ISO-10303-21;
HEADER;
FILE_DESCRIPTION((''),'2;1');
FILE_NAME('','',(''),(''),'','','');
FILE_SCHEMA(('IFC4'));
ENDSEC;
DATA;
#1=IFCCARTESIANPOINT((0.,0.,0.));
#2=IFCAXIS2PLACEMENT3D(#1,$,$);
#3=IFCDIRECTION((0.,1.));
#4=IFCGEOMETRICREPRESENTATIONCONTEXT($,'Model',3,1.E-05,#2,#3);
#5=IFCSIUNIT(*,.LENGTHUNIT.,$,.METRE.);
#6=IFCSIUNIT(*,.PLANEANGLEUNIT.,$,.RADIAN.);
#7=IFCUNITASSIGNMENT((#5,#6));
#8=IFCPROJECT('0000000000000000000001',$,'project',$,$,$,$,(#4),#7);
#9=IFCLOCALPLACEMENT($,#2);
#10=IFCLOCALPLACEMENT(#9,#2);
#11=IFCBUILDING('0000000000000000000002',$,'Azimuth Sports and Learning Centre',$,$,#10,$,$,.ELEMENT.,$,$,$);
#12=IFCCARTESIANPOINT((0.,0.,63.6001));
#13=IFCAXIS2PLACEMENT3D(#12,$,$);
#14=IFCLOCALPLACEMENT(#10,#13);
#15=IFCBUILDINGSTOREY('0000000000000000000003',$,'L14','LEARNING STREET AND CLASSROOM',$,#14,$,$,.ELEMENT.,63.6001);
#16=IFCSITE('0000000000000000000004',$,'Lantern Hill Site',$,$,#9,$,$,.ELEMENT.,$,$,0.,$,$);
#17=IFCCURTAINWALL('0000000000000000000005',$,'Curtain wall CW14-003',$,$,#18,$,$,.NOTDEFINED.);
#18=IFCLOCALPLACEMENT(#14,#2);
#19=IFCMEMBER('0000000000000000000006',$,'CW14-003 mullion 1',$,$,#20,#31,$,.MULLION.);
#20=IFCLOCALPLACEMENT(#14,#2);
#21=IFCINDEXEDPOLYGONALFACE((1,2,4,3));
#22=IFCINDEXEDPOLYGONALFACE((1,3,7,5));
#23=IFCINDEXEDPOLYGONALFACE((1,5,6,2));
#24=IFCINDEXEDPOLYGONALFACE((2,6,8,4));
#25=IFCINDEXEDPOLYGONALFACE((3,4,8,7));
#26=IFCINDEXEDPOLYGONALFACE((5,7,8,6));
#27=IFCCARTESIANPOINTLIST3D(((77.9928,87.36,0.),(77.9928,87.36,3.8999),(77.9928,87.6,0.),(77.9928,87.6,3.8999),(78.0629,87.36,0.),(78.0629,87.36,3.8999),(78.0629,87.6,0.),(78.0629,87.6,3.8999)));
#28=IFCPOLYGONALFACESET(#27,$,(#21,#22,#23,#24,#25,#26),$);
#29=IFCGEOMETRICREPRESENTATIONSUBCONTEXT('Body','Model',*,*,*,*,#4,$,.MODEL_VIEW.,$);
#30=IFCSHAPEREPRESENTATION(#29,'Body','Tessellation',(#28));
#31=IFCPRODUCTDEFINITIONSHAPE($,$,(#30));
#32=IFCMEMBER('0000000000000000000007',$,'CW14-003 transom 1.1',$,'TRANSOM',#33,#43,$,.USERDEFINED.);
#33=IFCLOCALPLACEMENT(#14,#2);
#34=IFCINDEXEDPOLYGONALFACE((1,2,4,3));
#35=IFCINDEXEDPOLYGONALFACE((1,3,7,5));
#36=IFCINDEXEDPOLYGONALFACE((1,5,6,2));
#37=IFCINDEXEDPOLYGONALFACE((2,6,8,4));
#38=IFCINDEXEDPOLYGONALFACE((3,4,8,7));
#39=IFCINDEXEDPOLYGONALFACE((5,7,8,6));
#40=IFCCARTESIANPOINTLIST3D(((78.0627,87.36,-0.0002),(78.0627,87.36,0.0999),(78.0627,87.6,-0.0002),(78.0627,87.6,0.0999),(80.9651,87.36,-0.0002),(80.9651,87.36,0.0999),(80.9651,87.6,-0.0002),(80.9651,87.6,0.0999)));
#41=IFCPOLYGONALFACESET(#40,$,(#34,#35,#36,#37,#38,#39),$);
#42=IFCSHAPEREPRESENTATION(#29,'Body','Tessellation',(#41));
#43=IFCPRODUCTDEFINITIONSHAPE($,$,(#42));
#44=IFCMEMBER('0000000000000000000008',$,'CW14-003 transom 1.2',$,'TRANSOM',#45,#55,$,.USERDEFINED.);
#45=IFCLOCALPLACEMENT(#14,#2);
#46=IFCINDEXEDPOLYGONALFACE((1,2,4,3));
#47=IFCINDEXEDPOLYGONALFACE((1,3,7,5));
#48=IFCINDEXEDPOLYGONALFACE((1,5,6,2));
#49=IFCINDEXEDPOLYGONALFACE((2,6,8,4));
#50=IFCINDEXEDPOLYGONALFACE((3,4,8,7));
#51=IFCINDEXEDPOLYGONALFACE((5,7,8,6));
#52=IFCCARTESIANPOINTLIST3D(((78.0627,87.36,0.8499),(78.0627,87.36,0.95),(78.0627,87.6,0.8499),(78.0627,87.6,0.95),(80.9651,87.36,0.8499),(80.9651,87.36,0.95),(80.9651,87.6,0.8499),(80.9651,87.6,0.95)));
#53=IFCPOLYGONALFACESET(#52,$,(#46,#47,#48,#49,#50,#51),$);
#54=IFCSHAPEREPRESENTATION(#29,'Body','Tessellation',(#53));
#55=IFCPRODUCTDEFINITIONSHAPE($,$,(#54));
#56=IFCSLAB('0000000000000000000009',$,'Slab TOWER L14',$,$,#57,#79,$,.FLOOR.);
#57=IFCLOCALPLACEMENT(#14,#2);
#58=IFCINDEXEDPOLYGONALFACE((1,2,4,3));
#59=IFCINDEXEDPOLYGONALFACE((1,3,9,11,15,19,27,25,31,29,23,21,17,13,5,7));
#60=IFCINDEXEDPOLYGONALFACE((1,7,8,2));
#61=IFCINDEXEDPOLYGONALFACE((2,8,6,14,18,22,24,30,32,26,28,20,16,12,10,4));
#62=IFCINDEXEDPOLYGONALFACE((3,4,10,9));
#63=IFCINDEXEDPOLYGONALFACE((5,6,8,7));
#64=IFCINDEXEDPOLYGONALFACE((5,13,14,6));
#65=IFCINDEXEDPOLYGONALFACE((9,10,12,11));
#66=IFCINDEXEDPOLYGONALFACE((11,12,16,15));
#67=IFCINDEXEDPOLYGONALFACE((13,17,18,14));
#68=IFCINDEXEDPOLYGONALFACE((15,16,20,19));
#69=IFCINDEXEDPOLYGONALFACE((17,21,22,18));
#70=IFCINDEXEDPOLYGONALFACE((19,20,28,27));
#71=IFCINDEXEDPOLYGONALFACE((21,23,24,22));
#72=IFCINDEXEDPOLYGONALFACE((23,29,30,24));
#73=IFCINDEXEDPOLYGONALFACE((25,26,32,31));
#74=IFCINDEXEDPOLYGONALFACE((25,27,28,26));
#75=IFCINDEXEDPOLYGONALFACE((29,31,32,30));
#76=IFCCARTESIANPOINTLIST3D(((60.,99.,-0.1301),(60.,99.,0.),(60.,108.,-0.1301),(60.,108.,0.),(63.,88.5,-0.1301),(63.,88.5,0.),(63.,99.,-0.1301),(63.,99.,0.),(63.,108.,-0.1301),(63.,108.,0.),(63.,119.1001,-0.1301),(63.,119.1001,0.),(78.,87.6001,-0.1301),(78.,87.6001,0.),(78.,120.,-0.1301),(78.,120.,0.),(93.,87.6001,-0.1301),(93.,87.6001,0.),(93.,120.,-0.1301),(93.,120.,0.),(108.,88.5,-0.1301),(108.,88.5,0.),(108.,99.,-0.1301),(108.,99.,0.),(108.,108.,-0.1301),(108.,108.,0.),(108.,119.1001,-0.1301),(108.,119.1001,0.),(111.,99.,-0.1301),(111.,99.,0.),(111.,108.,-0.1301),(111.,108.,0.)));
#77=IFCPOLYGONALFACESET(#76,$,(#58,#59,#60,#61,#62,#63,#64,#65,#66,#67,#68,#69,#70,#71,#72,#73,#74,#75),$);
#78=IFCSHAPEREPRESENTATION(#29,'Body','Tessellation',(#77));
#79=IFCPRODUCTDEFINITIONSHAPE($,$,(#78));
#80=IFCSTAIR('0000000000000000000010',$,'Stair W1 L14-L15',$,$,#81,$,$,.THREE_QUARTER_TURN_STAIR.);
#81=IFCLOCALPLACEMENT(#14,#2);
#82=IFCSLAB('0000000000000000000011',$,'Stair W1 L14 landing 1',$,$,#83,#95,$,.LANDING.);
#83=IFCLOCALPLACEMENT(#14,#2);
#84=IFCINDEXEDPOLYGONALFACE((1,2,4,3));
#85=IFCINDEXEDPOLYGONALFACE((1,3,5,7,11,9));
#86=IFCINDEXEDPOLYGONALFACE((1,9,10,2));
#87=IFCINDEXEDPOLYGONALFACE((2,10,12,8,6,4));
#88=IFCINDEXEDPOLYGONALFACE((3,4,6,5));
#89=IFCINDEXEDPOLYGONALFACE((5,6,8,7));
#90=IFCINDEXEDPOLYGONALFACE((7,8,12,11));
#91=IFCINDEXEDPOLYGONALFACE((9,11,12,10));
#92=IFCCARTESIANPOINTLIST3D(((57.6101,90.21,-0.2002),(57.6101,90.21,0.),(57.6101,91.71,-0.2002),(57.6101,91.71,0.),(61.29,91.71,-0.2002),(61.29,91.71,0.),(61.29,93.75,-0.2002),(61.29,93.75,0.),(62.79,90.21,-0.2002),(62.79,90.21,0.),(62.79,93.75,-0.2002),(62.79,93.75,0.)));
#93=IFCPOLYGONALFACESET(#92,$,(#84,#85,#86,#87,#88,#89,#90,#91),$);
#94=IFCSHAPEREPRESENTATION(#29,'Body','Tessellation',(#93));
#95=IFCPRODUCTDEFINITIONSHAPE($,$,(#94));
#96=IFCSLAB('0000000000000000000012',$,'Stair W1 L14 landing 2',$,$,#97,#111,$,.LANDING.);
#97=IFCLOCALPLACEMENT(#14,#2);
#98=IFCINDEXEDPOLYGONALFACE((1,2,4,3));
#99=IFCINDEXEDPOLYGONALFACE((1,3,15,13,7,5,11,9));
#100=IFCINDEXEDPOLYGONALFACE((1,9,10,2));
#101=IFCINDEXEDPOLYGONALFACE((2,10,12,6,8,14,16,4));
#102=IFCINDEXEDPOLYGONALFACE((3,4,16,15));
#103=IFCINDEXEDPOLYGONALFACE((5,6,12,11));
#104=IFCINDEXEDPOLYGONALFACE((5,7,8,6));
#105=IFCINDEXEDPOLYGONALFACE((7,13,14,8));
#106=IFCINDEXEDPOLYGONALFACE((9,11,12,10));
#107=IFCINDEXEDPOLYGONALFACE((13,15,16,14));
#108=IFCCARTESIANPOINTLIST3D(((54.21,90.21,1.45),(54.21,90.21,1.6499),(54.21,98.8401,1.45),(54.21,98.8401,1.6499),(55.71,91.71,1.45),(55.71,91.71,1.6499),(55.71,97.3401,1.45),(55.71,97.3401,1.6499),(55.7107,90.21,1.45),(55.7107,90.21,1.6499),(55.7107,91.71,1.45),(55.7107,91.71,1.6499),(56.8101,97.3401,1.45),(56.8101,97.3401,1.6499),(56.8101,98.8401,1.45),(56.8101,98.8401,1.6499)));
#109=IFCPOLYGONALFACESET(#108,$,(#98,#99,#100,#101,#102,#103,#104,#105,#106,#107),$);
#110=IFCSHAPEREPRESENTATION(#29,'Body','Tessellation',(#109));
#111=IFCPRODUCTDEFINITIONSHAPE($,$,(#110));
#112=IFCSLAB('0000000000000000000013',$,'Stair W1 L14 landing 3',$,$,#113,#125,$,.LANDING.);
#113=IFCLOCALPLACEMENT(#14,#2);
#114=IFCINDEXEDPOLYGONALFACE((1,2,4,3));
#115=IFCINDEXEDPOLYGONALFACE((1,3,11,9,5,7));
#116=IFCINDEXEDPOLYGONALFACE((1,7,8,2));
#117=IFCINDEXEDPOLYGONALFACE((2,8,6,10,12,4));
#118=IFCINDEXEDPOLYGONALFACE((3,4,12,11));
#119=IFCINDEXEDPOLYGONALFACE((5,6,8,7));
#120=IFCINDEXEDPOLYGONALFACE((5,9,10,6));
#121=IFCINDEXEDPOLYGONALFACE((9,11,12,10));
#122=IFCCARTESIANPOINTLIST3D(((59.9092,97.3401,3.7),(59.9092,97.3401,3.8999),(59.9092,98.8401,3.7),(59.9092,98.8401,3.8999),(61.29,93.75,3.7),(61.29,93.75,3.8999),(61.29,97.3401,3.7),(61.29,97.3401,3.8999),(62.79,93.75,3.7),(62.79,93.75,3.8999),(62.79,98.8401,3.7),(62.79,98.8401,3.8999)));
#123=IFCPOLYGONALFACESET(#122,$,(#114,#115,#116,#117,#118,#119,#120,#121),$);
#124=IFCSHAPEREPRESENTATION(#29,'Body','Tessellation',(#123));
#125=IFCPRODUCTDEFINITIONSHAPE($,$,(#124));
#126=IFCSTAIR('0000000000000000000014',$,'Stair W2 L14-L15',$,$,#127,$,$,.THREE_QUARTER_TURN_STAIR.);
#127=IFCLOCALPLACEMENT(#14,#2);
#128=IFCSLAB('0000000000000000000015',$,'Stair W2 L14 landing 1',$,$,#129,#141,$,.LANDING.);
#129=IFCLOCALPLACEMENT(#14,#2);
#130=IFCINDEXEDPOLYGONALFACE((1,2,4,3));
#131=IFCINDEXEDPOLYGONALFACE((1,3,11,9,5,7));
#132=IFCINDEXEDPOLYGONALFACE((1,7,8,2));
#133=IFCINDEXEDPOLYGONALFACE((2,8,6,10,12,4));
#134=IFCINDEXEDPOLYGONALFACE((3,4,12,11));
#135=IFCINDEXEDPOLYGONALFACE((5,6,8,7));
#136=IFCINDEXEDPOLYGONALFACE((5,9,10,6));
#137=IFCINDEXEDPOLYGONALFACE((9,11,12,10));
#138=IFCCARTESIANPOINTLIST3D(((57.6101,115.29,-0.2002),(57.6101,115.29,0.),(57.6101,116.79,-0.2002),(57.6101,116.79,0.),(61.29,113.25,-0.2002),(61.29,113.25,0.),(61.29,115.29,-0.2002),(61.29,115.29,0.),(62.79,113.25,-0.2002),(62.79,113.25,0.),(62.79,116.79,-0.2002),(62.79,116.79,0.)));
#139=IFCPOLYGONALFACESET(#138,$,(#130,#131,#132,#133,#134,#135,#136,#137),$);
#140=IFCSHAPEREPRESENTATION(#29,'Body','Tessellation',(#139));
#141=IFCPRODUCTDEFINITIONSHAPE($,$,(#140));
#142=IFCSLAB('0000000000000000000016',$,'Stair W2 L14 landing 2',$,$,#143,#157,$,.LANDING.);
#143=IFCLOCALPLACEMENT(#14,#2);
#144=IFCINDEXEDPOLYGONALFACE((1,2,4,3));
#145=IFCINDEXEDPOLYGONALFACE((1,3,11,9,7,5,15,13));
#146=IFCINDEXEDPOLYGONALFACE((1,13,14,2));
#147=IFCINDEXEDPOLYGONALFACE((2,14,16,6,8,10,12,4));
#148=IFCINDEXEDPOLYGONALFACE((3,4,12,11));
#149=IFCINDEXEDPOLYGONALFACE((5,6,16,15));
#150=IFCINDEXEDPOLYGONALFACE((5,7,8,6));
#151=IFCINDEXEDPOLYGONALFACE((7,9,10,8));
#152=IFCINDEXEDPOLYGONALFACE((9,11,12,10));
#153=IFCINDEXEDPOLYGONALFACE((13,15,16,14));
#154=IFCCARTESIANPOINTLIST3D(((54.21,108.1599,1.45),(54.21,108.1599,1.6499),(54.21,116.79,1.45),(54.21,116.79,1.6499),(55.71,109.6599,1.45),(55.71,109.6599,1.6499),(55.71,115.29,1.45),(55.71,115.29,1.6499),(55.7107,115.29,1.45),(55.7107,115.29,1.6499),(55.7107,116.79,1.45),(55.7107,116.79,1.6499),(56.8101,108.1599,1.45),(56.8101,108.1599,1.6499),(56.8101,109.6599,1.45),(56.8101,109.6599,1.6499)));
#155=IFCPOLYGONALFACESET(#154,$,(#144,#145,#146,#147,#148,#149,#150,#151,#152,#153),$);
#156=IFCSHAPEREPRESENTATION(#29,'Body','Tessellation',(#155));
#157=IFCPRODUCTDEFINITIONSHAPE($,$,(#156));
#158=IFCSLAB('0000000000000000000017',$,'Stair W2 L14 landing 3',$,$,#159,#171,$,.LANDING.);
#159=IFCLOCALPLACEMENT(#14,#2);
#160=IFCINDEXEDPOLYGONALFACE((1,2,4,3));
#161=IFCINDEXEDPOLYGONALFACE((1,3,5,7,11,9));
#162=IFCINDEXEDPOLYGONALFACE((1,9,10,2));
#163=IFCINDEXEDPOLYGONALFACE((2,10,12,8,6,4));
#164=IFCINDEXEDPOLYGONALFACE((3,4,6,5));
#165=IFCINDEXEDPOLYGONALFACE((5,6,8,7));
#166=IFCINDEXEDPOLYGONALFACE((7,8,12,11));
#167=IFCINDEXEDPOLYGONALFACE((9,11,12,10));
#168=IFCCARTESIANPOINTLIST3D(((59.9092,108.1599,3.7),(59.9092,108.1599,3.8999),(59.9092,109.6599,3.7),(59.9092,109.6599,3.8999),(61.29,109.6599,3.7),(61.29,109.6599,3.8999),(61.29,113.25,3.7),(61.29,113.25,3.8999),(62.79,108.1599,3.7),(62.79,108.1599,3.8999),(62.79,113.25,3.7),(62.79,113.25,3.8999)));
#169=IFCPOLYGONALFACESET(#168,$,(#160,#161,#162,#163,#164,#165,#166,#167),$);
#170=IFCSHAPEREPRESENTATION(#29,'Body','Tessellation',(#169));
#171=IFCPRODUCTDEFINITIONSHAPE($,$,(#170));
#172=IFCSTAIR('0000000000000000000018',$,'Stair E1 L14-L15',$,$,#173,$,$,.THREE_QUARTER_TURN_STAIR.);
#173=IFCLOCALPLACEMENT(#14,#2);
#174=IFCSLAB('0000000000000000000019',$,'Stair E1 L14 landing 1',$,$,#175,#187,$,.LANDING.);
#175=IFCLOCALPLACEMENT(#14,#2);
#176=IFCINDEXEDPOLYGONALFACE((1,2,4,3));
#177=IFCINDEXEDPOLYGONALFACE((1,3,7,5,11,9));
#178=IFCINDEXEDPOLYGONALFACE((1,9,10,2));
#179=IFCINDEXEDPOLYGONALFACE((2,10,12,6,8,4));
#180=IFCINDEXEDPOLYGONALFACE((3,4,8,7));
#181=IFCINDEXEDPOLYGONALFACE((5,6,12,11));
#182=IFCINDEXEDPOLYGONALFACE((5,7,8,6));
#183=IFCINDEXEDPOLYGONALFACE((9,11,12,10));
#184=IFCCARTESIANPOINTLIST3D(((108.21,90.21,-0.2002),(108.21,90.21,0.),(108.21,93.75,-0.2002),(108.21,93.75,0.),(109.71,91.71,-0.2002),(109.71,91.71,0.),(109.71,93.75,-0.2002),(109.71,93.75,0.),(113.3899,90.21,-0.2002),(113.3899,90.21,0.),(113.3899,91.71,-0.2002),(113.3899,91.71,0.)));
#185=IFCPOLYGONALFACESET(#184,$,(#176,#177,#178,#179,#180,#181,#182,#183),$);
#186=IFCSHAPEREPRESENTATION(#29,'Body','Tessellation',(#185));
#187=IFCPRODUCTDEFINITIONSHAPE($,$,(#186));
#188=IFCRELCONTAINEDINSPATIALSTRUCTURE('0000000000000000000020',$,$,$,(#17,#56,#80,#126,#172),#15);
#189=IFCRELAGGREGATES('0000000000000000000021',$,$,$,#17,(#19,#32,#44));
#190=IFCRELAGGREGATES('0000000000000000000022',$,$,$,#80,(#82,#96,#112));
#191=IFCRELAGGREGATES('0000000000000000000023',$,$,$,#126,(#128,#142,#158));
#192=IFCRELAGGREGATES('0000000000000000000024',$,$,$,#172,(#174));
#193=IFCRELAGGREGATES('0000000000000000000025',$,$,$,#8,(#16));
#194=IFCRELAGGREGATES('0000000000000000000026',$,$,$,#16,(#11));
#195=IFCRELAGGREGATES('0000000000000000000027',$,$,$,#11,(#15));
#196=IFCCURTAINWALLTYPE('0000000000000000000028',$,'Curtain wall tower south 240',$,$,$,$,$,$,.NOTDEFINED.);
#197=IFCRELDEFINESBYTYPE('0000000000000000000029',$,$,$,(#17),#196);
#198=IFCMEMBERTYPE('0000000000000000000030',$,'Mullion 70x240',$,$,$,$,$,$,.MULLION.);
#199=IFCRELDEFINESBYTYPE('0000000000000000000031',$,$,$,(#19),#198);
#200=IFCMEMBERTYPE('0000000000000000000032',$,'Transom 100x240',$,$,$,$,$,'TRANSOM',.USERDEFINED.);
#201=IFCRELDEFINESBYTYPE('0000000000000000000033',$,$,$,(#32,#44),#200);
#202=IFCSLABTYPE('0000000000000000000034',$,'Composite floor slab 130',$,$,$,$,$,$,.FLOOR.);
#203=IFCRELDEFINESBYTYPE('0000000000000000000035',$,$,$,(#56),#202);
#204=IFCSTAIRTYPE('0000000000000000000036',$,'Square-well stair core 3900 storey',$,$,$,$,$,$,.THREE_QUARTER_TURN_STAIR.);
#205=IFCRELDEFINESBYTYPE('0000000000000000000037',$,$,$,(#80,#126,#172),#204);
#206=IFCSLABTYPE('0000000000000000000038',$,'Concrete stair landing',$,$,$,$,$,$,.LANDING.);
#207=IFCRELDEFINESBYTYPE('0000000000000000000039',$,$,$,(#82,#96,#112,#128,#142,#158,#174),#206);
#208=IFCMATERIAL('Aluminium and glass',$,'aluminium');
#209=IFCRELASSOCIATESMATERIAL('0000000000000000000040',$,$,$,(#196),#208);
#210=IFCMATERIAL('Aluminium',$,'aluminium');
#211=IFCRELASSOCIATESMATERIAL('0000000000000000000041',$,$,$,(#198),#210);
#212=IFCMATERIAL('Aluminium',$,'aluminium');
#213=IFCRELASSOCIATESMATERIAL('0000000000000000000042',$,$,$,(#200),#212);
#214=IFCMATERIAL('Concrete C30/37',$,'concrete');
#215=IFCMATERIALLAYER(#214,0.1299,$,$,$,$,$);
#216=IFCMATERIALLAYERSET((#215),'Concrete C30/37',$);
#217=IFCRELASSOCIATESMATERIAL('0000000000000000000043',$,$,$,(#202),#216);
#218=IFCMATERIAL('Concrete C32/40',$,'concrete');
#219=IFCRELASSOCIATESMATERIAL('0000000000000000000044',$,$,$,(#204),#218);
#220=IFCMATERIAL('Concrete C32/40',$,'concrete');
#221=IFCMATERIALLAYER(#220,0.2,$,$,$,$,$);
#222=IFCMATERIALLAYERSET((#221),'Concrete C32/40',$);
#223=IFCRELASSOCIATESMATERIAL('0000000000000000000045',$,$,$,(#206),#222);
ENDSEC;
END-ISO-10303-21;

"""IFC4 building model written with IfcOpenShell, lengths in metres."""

from ifc_helpers import new_model, si_unit, direction, frame, origin, origin_2d, place, context, subcontext, project, spatial, polyline, rectangle, outline, extrude, material, layer, layer_set, material_profile, profile_set, type_object, element, aggregate, save


model = new_model("IFC4")

# Units and contexts
model_context = context("Model", 3, precision=1e-05, world=origin(), true_north=direction((0.0, 1.0)))
body_context = subcontext(model_context, "Body", "Model", "MODEL_VIEW")
ifc_project = project(units=[si_unit("LENGTHUNIT", "METRE"), si_unit("PLANEANGLEUNIT", "RADIAN")], contexts=[model_context])

# Site, building, storey
site_placement = place(None, origin())
site = spatial("IfcSite", under=ifc_project, at=site_placement, Name="Lantern Hill Site", CompositionType="ELEMENT", RefElevation=0.0)
building_placement = place(site_placement, origin())
building = spatial("IfcBuilding", under=site, at=building_placement, Name="Azimuth Sports and Learning Centre", CompositionType="ELEMENT")
storey_placement = place(building_placement, frame((0.0, 0.0, 63.6001)))
storey = spatial("IfcBuildingStorey", under=building, at=storey_placement, Name="L14", Description="LEARNING STREET AND CLASSROOM", CompositionType="ELEMENT", Elevation=63.6001)

# Curtain wall, members
ifc_material_1 = material(Name="Aluminium and glass", Category="aluminium")
curtain_wall_type = type_object("IfcCurtainWallType", Name="Curtain wall tower south 240", PredefinedType="NOTDEFINED", material=ifc_material_1)
curtain_wall_placement = place(storey_placement, origin())
curtain_wall = element("IfcCurtainWall", 1, at=curtain_wall_placement, inside=storey, type_object=curtain_wall_type, Name="Curtain wall CW14-003", PredefinedType="NOTDEFINED")
ifc_material_2 = material(Name="Aluminium", Category="aluminium")
ifc_material_profile_1 = material_profile(ifc_material_2, rectangle(XDim=0.24, YDim=0.0701, at=origin_2d()), Name="Mullion 70x240")
ifc_profile_set_1 = profile_set([ifc_material_profile_1], Name="Aluminium")
member_type_1 = type_object("IfcMemberType", Name="Mullion 70x240", PredefinedType="MULLION", material=ifc_profile_set_1)
member_1_placement = place(storey_placement, frame((78.0278, 87.48, 0.0), z_axis=(0.0, 0.0, 1.0), x_axis=(0.0, 1.0, 0.0)))
member_1 = element("IfcMember", 2, at=member_1_placement, type_object=member_type_1, Name="CW14-003 mullion 1", PredefinedType="MULLION", context=body_context, shape_type="SweptSolid", body=[
    extrude(rectangle(XDim=0.24, YDim=0.0701, at=origin_2d()), origin(), (0.0, 0.0, 1.0), 3.8999),
])
ifc_material_3 = material(Name="Aluminium", Category="aluminium")
ifc_material_profile_2 = material_profile(ifc_material_3, rectangle(XDim=0.24, YDim=0.1001, at=origin_2d()), Name="Transom 100x240")
ifc_profile_set_2 = profile_set([ifc_material_profile_2], Name="Aluminium")
member_type_2 = type_object("IfcMemberType", Name="Transom 100x240", ElementType="TRANSOM", PredefinedType="USERDEFINED", material=ifc_profile_set_2)
member_2_placement = place(storey_placement, frame((78.0627, 87.48, 0.0498), z_axis=(1.0, 0.0, 0.0), x_axis=(0.0, 1.0, 0.0)))
member_2 = element("IfcMember", 3, at=member_2_placement, type_object=member_type_2, Name="CW14-003 transom 1.1", ObjectType="TRANSOM", PredefinedType="USERDEFINED", context=body_context, shape_type="SweptSolid", body=[
    extrude(rectangle(XDim=0.24, YDim=0.1001, at=origin_2d()), origin(), (0.0, 0.0, 1.0), 2.9023),
])
member_3_placement = place(storey_placement, frame((78.0627, 87.48, 0.8999), z_axis=(1.0, 0.0, 0.0), x_axis=(0.0, 1.0, 0.0)))
member_3 = element("IfcMember", 4, at=member_3_placement, type_object=member_type_2, Name="CW14-003 transom 1.2", ObjectType="TRANSOM", PredefinedType="USERDEFINED", context=body_context, shape_type="SweptSolid", body=[
    extrude(rectangle(XDim=0.24, YDim=0.1001, at=origin_2d()), origin(), (0.0, 0.0, 1.0), 2.9023),
])
aggregate(curtain_wall, [member_1, member_2, member_3])

# Slab
ifc_material_4 = material(Name="Concrete C30/37", Category="concrete")
ifc_layer_1 = layer(ifc_material_4, 0.1299)
ifc_layer_set_1 = layer_set([ifc_layer_1], Name="Concrete C30/37")
slab_type_1 = type_object("IfcSlabType", Name="Composite floor slab 130", PredefinedType="FLOOR", material=ifc_layer_set_1)
slab_1_placement = place(storey_placement, frame((0.0, 0.0, -0.1301)))
element("IfcSlab", 5, at=slab_1_placement, inside=storey, type_object=slab_type_1, Name="Slab TOWER L14", PredefinedType="FLOOR", context=body_context, shape_type="SweptSolid", body=[
    extrude(outline(polyline([(78.0, 87.6001), (93.0, 87.6001), (108.0, 88.5), (108.0, 99.0), (111.0, 99.0), (111.0, 108.0), (108.0, 108.0), (108.0, 119.1001), (93.0, 120.0), (78.0, 120.0), (63.0, 119.1001), (63.0, 108.0), (60.0, 108.0), (60.0, 99.0), (63.0, 99.0), (63.0, 88.5), (78.0, 87.6001)])), origin(), (0.0, 0.0, 1.0), 0.1301),
])

# Stairs, slabs
ifc_material_5 = material(Name="Concrete C32/40", Category="concrete")
stair_type = type_object("IfcStairType", Name="Square-well stair core 3900 storey", PredefinedType="THREE_QUARTER_TURN_STAIR", material=ifc_material_5)
stair_1_placement = place(storey_placement, origin())
stair_1 = element("IfcStair", 6, at=stair_1_placement, inside=storey, type_object=stair_type, Name="Stair W1 L14-L15", PredefinedType="THREE_QUARTER_TURN_STAIR")
ifc_material_6 = material(Name="Concrete C32/40", Category="concrete")
ifc_layer_2 = layer(ifc_material_6, 0.2)
ifc_layer_set_2 = layer_set([ifc_layer_2], Name="Concrete C32/40")
slab_type_2 = type_object("IfcSlabType", Name="Concrete stair landing", PredefinedType="LANDING", material=ifc_layer_set_2)
slab_2_placement = place(storey_placement, frame((0.0, 0.0, -0.2002)))
slab_2 = element("IfcSlab", 7, at=slab_2_placement, type_object=slab_type_2, Name="Stair W1 L14 landing 1", PredefinedType="LANDING", context=body_context, shape_type="SweptSolid", body=[
    extrude(outline(polyline([(62.79, 90.21), (62.79, 93.75), (61.29, 93.75), (61.29, 91.71), (57.6101, 91.71), (57.6101, 90.21), (62.79, 90.21)])), origin(), (0.0, 0.0, 1.0), 0.2002),
])
slab_3_placement = place(storey_placement, frame((0.0, 0.0, 1.45)))
slab_3 = element("IfcSlab", 8, at=slab_3_placement, type_object=slab_type_2, Name="Stair W1 L14 landing 2", PredefinedType="LANDING", context=body_context, shape_type="SweptSolid", body=[
    extrude(outline(polyline([(55.71, 91.71), (55.71, 97.3401), (56.8101, 97.3401), (56.8101, 98.8401), (54.21, 98.8401), (54.21, 90.21), (55.7107, 90.21), (55.7107, 91.71), (55.71, 91.71)])), origin(), (0.0, 0.0, 1.0), 0.2),
])
slab_4_placement = place(storey_placement, frame((0.0, 0.0, 3.7)))
slab_4 = element("IfcSlab", 9, at=slab_4_placement, type_object=slab_type_2, Name="Stair W1 L14 landing 3", PredefinedType="LANDING", context=body_context, shape_type="SweptSolid", body=[
    extrude(outline(polyline([(61.29, 97.3401), (61.29, 93.75), (62.79, 93.75), (62.79, 98.8401), (59.9092, 98.8401), (59.9092, 97.3401), (61.29, 97.3401)])), origin(), (0.0, 0.0, 1.0), 0.2),
])
aggregate(stair_1, [slab_2, slab_3, slab_4])
stair_2_placement = place(storey_placement, origin())
stair_2 = element("IfcStair", 10, at=stair_2_placement, inside=storey, type_object=stair_type, Name="Stair W2 L14-L15", PredefinedType="THREE_QUARTER_TURN_STAIR")
slab_5_placement = place(storey_placement, frame((0.0, 0.0, -0.2002)))
slab_5 = element("IfcSlab", 11, at=slab_5_placement, type_object=slab_type_2, Name="Stair W2 L14 landing 1", PredefinedType="LANDING", context=body_context, shape_type="SweptSolid", body=[
    extrude(outline(polyline([(57.6101, 115.29), (61.29, 115.29), (61.29, 113.25), (62.79, 113.25), (62.79, 116.79), (57.6101, 116.79), (57.6101, 115.29)])), origin(), (0.0, 0.0, 1.0), 0.2002),
])
slab_6_placement = place(storey_placement, frame((0.0, 0.0, 1.45)))
slab_6 = element("IfcSlab", 12, at=slab_6_placement, type_object=slab_type_2, Name="Stair W2 L14 landing 2", PredefinedType="LANDING", context=body_context, shape_type="SweptSolid", body=[
    extrude(outline(polyline([(55.71, 115.29), (55.7107, 115.29), (55.7107, 116.79), (54.21, 116.79), (54.21, 108.1599), (56.8101, 108.1599), (56.8101, 109.6599), (55.71, 109.6599), (55.71, 115.29)])), origin(), (0.0, 0.0, 1.0), 0.2),
])
slab_7_placement = place(storey_placement, frame((0.0, 0.0, 3.7)))
slab_7 = element("IfcSlab", 13, at=slab_7_placement, type_object=slab_type_2, Name="Stair W2 L14 landing 3", PredefinedType="LANDING", context=body_context, shape_type="SweptSolid", body=[
    extrude(outline(polyline([(61.29, 109.6599), (59.9092, 109.6599), (59.9092, 108.1599), (62.79, 108.1599), (62.79, 113.25), (61.29, 113.25), (61.29, 109.6599)])), origin(), (0.0, 0.0, 1.0), 0.2),
])
aggregate(stair_2, [slab_5, slab_6, slab_7])
stair_3_placement = place(storey_placement, origin())
stair_3 = element("IfcStair", 14, at=stair_3_placement, inside=storey, type_object=stair_type, Name="Stair E1 L14-L15", PredefinedType="THREE_QUARTER_TURN_STAIR")
slab_8_placement = place(storey_placement, frame((0.0, 0.0, -0.2002)))
slab_8 = element("IfcSlab", 15, at=slab_8_placement, type_object=slab_type_2, Name="Stair E1 L14 landing 1", PredefinedType="LANDING", context=body_context, shape_type="SweptSolid", body=[
    extrude(outline(polyline([(113.3899, 91.71), (109.71, 91.71), (109.71, 93.75), (108.21, 93.75), (108.21, 90.21), (113.3899, 90.21), (113.3899, 91.71)])), origin(), (0.0, 0.0, 1.0), 0.2002),
])
aggregate(stair_3, [slab_8])

save(model, "model.ifc")
